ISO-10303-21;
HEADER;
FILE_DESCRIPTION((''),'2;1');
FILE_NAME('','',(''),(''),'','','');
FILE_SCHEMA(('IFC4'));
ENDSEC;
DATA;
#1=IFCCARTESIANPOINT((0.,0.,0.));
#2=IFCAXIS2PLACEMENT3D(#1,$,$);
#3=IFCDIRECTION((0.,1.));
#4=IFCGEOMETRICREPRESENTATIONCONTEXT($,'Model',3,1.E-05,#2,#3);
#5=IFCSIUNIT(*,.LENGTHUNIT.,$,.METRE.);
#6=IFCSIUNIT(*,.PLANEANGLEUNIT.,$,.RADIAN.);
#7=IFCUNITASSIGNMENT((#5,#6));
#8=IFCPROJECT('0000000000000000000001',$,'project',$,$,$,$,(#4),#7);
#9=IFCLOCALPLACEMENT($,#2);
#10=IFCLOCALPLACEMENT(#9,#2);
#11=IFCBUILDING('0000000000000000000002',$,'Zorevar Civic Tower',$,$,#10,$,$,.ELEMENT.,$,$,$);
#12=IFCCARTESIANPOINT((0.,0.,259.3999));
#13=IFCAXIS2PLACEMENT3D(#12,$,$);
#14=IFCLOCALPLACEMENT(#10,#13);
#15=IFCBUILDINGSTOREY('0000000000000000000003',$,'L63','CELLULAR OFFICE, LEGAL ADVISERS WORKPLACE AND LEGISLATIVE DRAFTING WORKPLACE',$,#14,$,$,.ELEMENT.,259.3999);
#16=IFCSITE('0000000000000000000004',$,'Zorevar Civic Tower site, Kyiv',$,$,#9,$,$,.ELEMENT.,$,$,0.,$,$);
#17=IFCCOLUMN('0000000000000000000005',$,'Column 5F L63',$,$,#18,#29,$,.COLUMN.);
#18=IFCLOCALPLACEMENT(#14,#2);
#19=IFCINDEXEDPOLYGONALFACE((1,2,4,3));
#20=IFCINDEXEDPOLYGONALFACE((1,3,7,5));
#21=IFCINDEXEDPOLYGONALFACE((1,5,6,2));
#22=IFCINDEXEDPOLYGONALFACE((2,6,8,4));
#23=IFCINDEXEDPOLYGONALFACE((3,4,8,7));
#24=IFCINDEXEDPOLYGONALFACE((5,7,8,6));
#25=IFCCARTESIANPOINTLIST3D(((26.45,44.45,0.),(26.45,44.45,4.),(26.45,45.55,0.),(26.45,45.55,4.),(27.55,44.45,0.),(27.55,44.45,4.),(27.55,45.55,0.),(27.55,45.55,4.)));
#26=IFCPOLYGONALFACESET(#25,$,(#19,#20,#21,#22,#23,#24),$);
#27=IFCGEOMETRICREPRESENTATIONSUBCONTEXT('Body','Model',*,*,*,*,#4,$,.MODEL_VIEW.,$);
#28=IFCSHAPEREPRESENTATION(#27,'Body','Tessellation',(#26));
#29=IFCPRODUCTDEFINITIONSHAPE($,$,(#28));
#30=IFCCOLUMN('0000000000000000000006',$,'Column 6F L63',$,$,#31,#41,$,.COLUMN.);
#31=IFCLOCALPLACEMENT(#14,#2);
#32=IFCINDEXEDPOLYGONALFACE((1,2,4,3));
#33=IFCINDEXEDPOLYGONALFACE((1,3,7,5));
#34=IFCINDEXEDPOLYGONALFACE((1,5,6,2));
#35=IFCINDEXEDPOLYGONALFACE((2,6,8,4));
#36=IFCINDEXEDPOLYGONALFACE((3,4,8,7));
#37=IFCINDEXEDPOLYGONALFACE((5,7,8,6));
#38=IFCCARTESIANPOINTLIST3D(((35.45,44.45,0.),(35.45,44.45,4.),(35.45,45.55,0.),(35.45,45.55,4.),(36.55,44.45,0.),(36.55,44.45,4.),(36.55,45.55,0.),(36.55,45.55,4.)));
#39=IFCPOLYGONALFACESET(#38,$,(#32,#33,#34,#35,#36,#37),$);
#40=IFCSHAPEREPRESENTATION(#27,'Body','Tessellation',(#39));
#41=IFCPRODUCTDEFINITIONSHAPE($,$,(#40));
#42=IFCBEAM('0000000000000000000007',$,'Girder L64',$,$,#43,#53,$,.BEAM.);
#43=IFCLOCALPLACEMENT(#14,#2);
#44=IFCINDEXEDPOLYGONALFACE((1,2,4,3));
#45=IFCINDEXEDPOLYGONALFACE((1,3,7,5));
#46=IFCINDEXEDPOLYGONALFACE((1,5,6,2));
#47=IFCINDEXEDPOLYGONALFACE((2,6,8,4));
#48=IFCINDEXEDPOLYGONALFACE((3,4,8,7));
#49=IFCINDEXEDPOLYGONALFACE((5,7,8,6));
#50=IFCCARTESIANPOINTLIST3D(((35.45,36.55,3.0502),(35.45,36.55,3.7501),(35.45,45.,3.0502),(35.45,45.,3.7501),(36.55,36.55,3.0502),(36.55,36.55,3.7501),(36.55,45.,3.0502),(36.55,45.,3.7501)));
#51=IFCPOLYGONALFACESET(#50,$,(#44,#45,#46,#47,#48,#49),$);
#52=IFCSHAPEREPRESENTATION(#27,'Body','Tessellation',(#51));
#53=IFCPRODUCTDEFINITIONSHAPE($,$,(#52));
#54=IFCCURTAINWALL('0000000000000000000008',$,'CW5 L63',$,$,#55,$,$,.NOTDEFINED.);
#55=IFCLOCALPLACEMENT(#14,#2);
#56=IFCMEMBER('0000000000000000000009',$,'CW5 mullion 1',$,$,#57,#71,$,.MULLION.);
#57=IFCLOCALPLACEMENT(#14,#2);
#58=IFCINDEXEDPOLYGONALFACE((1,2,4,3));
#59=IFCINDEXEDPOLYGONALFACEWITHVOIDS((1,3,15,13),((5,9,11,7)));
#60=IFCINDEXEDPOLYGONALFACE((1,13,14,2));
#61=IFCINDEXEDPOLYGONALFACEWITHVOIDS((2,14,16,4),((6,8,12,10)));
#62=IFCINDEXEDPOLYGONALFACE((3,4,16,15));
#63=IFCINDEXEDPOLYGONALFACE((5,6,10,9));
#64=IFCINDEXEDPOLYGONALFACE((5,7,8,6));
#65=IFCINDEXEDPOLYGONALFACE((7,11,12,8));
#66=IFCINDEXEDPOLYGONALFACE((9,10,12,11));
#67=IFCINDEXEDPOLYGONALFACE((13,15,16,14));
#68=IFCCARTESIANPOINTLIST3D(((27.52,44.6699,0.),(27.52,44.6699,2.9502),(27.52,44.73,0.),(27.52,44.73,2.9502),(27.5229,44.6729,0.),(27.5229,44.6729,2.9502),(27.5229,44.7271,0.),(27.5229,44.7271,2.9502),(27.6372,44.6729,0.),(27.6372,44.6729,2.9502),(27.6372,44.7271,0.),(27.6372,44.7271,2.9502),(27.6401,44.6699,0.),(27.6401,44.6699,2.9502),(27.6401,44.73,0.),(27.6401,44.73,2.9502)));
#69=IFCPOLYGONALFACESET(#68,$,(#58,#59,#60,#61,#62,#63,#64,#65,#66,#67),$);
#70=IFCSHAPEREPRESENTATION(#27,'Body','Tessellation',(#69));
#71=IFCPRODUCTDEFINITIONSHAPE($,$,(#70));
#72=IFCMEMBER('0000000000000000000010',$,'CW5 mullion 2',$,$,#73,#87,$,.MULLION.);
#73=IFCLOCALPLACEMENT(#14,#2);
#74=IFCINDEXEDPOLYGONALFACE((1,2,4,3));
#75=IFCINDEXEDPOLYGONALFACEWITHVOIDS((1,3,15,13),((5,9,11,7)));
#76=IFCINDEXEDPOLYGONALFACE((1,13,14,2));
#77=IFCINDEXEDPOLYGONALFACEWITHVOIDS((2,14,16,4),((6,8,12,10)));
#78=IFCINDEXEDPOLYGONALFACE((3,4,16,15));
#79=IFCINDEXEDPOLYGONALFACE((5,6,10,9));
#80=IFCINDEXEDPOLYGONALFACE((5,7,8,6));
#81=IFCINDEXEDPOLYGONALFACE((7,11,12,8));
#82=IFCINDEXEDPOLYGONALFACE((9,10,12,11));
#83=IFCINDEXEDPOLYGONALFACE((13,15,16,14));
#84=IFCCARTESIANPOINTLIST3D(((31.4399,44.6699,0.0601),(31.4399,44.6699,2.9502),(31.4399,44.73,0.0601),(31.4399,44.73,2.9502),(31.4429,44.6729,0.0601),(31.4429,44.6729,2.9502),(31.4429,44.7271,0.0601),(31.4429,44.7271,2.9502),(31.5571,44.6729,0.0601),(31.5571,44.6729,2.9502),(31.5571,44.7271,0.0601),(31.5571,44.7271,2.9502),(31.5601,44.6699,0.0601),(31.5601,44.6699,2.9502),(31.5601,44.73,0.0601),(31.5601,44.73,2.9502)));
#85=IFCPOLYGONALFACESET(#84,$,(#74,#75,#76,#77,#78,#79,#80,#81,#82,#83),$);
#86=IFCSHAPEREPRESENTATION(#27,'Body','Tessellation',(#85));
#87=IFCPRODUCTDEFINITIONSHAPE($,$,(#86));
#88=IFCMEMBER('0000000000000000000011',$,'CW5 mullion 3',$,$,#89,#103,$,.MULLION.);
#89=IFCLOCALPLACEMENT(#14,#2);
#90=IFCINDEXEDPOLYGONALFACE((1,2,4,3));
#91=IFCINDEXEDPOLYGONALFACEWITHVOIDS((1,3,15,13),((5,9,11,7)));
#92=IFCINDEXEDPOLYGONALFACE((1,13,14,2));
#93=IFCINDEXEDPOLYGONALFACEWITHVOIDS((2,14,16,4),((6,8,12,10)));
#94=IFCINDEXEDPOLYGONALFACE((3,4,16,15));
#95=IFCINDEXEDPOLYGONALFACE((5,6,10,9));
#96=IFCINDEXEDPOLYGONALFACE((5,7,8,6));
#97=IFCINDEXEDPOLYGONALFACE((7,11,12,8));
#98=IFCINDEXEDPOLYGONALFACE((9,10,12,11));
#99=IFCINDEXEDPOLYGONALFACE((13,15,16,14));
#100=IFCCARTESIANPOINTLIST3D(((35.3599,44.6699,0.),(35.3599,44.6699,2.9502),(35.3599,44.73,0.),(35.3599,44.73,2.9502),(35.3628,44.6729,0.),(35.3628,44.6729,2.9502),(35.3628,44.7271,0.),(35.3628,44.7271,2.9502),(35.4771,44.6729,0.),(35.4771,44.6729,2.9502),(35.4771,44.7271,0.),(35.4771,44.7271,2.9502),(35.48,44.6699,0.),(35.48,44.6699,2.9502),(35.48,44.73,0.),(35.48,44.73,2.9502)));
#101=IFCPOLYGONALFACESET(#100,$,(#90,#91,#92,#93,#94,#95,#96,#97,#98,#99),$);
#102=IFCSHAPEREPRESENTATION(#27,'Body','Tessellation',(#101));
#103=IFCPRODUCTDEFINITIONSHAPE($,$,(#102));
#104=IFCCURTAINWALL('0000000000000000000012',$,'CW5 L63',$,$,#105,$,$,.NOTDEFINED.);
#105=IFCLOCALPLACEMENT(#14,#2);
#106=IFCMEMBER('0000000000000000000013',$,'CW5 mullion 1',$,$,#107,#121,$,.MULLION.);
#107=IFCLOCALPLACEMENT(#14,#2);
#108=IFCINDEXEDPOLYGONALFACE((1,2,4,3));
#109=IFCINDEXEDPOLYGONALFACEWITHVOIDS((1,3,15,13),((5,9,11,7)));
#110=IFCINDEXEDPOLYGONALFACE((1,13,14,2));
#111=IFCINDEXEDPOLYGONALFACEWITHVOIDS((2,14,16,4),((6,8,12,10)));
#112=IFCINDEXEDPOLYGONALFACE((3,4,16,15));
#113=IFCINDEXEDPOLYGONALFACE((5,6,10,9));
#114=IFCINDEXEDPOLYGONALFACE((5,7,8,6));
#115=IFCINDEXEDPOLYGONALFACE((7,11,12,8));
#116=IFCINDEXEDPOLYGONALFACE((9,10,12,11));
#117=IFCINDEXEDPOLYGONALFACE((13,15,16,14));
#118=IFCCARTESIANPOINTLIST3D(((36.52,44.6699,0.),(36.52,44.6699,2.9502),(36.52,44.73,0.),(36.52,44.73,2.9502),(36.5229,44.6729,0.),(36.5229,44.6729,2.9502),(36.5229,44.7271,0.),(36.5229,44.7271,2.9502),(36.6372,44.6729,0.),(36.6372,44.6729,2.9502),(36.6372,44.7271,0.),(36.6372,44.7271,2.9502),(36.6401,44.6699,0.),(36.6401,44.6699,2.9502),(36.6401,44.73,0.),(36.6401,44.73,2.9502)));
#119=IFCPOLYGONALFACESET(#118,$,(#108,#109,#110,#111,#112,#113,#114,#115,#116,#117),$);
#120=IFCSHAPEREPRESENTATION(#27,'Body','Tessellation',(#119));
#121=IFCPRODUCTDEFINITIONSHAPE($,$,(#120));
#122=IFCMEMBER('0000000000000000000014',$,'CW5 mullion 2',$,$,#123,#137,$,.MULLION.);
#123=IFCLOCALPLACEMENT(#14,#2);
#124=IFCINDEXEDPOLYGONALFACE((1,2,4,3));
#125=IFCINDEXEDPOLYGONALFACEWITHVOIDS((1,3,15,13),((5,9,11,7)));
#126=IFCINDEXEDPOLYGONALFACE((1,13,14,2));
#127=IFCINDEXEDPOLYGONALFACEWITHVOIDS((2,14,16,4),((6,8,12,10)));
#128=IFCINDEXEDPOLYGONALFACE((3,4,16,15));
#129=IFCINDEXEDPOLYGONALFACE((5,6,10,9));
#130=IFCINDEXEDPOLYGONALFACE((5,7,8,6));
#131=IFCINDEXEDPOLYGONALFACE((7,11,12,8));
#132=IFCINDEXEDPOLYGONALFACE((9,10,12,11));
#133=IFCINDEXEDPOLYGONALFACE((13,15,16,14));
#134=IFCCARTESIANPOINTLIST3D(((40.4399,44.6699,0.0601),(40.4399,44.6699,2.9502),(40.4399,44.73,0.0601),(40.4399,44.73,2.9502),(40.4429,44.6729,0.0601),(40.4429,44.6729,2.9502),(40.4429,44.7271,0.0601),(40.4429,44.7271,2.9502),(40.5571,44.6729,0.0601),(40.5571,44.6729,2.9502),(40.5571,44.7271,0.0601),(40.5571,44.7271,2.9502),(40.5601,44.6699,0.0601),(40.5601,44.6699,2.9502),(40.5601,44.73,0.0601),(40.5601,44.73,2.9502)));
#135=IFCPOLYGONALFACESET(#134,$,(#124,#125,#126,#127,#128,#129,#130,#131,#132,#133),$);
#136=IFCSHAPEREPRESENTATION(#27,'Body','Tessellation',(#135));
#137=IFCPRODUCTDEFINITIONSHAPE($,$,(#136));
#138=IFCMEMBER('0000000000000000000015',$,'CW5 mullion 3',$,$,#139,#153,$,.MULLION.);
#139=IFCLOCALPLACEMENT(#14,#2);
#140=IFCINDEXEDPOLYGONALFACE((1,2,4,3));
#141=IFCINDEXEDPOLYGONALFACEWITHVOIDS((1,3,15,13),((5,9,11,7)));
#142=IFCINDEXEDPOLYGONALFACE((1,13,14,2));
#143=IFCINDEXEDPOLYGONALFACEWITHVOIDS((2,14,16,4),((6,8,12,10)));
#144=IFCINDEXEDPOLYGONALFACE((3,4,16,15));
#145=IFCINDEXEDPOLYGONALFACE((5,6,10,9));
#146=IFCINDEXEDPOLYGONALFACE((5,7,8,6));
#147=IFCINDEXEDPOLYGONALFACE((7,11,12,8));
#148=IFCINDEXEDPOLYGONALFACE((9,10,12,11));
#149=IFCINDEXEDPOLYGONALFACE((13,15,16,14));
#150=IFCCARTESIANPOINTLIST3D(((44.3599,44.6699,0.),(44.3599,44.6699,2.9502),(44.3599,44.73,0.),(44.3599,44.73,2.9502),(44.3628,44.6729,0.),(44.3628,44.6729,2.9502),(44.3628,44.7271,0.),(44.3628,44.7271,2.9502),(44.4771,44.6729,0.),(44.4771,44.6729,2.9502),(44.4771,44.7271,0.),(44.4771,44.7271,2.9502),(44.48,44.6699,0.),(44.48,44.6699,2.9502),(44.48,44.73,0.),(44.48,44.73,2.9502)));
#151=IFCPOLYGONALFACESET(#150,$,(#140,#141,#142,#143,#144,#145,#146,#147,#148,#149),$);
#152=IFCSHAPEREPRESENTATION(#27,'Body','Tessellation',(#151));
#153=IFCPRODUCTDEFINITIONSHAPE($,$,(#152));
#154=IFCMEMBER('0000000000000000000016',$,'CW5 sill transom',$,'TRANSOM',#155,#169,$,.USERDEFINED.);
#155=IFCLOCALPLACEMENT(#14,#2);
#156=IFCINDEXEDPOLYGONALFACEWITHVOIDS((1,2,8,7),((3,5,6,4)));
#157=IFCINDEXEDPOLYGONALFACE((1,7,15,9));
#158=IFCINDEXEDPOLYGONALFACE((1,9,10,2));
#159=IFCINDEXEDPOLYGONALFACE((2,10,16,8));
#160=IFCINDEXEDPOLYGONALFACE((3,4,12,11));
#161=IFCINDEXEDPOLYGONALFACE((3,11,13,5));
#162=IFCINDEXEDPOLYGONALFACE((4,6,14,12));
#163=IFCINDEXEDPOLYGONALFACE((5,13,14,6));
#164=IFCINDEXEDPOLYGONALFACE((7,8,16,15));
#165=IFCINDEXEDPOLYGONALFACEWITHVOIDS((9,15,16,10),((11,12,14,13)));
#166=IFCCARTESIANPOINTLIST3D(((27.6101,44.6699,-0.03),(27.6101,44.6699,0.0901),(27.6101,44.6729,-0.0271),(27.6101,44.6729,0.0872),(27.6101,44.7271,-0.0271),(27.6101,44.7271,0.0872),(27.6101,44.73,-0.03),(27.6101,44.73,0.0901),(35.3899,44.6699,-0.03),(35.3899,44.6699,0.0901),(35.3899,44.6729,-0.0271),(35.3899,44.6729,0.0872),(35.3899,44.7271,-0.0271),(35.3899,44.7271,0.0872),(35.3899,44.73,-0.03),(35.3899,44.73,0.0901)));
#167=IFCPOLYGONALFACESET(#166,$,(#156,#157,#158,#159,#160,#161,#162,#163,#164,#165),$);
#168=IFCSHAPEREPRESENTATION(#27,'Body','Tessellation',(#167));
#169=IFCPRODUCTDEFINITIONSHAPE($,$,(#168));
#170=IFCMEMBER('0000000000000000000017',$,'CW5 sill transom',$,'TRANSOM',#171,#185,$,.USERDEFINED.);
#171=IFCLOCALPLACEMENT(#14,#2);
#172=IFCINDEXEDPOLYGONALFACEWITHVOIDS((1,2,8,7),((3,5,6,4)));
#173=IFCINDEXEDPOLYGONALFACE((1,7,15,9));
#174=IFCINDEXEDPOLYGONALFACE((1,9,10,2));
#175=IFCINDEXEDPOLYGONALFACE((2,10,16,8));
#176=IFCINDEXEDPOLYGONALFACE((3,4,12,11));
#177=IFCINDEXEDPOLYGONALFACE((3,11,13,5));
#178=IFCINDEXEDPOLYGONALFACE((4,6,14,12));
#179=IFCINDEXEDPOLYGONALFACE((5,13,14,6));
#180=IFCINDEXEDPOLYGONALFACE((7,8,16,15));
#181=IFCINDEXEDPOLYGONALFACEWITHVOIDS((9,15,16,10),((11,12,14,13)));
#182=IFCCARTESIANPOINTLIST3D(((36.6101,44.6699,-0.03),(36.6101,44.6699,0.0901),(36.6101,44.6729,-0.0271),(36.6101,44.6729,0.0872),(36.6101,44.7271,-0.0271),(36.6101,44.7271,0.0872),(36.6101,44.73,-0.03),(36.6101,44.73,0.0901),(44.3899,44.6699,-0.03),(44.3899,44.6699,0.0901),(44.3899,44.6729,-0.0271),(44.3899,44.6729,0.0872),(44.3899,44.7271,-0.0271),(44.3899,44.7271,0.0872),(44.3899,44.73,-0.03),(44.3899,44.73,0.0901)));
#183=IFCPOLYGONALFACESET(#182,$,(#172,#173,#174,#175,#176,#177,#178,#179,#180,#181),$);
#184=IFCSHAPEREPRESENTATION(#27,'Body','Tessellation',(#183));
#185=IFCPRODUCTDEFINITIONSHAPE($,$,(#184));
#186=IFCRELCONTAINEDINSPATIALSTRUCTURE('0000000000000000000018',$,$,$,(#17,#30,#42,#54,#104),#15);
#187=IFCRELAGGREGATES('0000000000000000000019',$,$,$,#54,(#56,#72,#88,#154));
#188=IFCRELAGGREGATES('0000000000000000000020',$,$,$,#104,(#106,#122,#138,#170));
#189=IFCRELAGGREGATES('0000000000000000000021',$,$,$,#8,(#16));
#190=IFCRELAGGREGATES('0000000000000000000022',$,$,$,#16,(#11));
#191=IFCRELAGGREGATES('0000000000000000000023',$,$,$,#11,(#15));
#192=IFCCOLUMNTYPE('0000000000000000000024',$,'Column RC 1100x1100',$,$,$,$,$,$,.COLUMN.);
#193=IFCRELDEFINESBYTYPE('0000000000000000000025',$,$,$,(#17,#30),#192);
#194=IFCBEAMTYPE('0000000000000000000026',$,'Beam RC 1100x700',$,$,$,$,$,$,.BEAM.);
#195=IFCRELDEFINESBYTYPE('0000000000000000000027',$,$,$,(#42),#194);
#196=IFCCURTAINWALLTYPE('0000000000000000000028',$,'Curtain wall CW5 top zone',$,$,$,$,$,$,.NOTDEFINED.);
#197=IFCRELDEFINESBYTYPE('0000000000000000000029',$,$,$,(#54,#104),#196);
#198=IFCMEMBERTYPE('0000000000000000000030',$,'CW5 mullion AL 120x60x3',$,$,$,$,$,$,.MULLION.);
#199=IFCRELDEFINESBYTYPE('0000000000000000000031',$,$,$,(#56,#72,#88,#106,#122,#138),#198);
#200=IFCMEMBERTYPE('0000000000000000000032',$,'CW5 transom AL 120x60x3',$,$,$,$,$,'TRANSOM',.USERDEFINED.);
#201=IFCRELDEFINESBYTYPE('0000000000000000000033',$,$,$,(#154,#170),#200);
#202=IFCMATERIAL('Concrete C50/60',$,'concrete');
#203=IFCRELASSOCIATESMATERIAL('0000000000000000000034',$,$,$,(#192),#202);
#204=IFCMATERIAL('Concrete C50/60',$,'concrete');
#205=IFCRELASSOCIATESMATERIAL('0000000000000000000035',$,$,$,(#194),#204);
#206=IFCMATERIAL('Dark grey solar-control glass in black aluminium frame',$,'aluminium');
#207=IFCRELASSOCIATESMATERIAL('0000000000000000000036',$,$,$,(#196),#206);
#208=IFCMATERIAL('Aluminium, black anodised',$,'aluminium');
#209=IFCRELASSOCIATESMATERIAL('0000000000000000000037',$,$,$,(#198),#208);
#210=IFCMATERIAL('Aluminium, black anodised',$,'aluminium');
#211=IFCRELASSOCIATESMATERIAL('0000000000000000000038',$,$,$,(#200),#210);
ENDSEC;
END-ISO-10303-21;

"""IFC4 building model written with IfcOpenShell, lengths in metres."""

from ifc_helpers import new_model, si_unit, direction, frame, origin, origin_2d, place, context, subcontext, project, spatial, rectangle, hollow_rectangle, extrude, material, material_profile, profile_set, type_object, element, aggregate, save


model = new_model("IFC4")

# Units and contexts
model_context = context("Model", 3, precision=1e-05, world=origin(), true_north=direction((0.0, 1.0)))
body_context = subcontext(model_context, "Body", "Model", "MODEL_VIEW")
ifc_project = project(units=[si_unit("LENGTHUNIT", "METRE"), si_unit("PLANEANGLEUNIT", "RADIAN")], contexts=[model_context])

# Site, building, storey
site_placement = place(None, origin())
site = spatial("IfcSite", under=ifc_project, at=site_placement, Name="Zorevar Civic Tower site, Kyiv", CompositionType="ELEMENT", RefElevation=0.0)
building_placement = place(site_placement, origin())
building = spatial("IfcBuilding", under=site, at=building_placement, Name="Zorevar Civic Tower", CompositionType="ELEMENT")
storey_placement = place(building_placement, frame((0.0, 0.0, 259.3999)))
storey = spatial("IfcBuildingStorey", under=building, at=storey_placement, Name="L63", Description="CELLULAR OFFICE, LEGAL ADVISERS WORKPLACE AND LEGISLATIVE DRAFTING WORKPLACE", CompositionType="ELEMENT", Elevation=259.3999)

# Columns
ifc_material_1 = material(Name="Concrete C50/60", Category="concrete")
ifc_material_profile_1 = material_profile(ifc_material_1, rectangle(XDim=1.1001, YDim=1.1001, at=origin_2d()), Name="RC 1100x1100")
ifc_profile_set_1 = profile_set([ifc_material_profile_1], Name="Concrete C50/60")
column_type = type_object("IfcColumnType", Name="Column RC 1100x1100", PredefinedType="COLUMN", material=ifc_profile_set_1)
for number, where, z_axis, x_axis, name in (
    (1, (27.0, 45.0, 0.0), (0.0, 0.0, 1.0), (1.0, 0.0, 0.0), "Column 5F L63"),
    (2, (36.0, 45.0, 0.0), (0.0, 0.0, 1.0), (1.0, 0.0, 0.0), "Column 6F L63"),
):
    element("IfcColumn", number, at=place(storey_placement, frame(where, z_axis=z_axis, x_axis=x_axis)), inside=storey, type_object=column_type, Name=name, PredefinedType="COLUMN", context=body_context, shape_type="SweptSolid", body=[
        extrude(rectangle(XDim=1.1001, YDim=1.1001, at=origin_2d()), origin(), (0.0, 0.0, 1.0), 4.0),
    ])

# Beam
ifc_material_2 = material(Name="Concrete C50/60", Category="concrete")
ifc_material_profile_2 = material_profile(ifc_material_2, rectangle(XDim=1.1001, YDim=0.7, at=origin_2d()), Name="RC 1100x700")
ifc_profile_set_2 = profile_set([ifc_material_profile_2], Name="Concrete C50/60")
beam_type_1 = type_object("IfcBeamType", Name="Beam RC 1100x700", PredefinedType="BEAM", material=ifc_profile_set_2)
beam_placement = place(storey_placement, frame((36.0, 36.55, 3.4001), z_axis=(0.0, 1.0, 0.0), x_axis=(-1.0, 0.0, 0.0)))
element("IfcBeam", 3, at=beam_placement, inside=storey, type_object=beam_type_1, Name="Girder L64", PredefinedType="BEAM", context=body_context, shape_type="SweptSolid", body=[
    extrude(rectangle(XDim=1.1001, YDim=0.7, at=origin_2d()), origin(), (0.0, 0.0, 1.0), 8.45),
])

# Curtain walls, members
ifc_material_3 = material(Name="Dark grey solar-control glass in black aluminium frame", Category="aluminium")
curtain_wall_type = type_object("IfcCurtainWallType", Name="Curtain wall CW5 top zone", PredefinedType="NOTDEFINED", material=ifc_material_3)
curtain_wall_1_placement = place(storey_placement, origin())
curtain_wall_1 = element("IfcCurtainWall", 4, at=curtain_wall_1_placement, inside=storey, type_object=curtain_wall_type, Name="CW5 L63", PredefinedType="NOTDEFINED")
ifc_material_4 = material(Name="Aluminium, black anodised", Category="aluminium")
ifc_material_profile_3 = material_profile(ifc_material_4, hollow_rectangle(XDim=0.0601, YDim=0.1201, WallThickness=0.0029, at=origin_2d()), Name="AL 120x60x3")
ifc_profile_set_3 = profile_set([ifc_material_profile_3], Name="Aluminium, black anodised")
member_type_1 = type_object("IfcMemberType", Name="CW5 mullion AL 120x60x3", PredefinedType="MULLION", material=ifc_profile_set_3)
member_1_placement = place(storey_placement, frame((27.5801, 44.7, 0.0), z_axis=(0.0, 0.0, 1.0), x_axis=(0.0, 1.0, 0.0)))
member_1 = element("IfcMember", 5, at=member_1_placement, type_object=member_type_1, Name="CW5 mullion 1", PredefinedType="MULLION", context=body_context, shape_type="SweptSolid", body=[
    extrude(hollow_rectangle(XDim=0.0601, YDim=0.1201, WallThickness=0.0029, at=origin_2d()), origin(), (0.0, 0.0, 1.0), 2.9502),
])
member_2_placement = place(storey_placement, frame((31.5, 44.7, 0.0601), z_axis=(0.0, 0.0, 1.0), x_axis=(0.0, 1.0, 0.0)))
member_2 = element("IfcMember", 6, at=member_2_placement, type_object=member_type_1, Name="CW5 mullion 2", PredefinedType="MULLION", context=body_context, shape_type="SweptSolid", body=[
    extrude(hollow_rectangle(XDim=0.0601, YDim=0.1201, WallThickness=0.0029, at=origin_2d()), origin(), (0.0, 0.0, 1.0), 2.8901),
])
member_3_placement = place(storey_placement, frame((35.4199, 44.7, 0.0), z_axis=(0.0, 0.0, 1.0), x_axis=(0.0, 1.0, 0.0)))
member_3 = element("IfcMember", 7, at=member_3_placement, type_object=member_type_1, Name="CW5 mullion 3", PredefinedType="MULLION", context=body_context, shape_type="SweptSolid", body=[
    extrude(hollow_rectangle(XDim=0.0601, YDim=0.1201, WallThickness=0.0029, at=origin_2d()), origin(), (0.0, 0.0, 1.0), 2.9502),
])
curtain_wall_2_placement = place(storey_placement, origin())
curtain_wall_2 = element("IfcCurtainWall", 8, at=curtain_wall_2_placement, inside=storey, type_object=curtain_wall_type, Name="CW5 L63", PredefinedType="NOTDEFINED")
member_4_placement = place(storey_placement, frame((36.5801, 44.7, 0.0), z_axis=(0.0, 0.0, 1.0), x_axis=(0.0, 1.0, 0.0)))
member_4 = element("IfcMember", 9, at=member_4_placement, type_object=member_type_1, Name="CW5 mullion 1", PredefinedType="MULLION", context=body_context, shape_type="SweptSolid", body=[
    extrude(hollow_rectangle(XDim=0.0601, YDim=0.1201, WallThickness=0.0029, at=origin_2d()), origin(), (0.0, 0.0, 1.0), 2.9502),
])
member_5_placement = place(storey_placement, frame((40.5, 44.7, 0.0601), z_axis=(0.0, 0.0, 1.0), x_axis=(0.0, 1.0, 0.0)))
member_5 = element("IfcMember", 10, at=member_5_placement, type_object=member_type_1, Name="CW5 mullion 2", PredefinedType="MULLION", context=body_context, shape_type="SweptSolid", body=[
    extrude(hollow_rectangle(XDim=0.0601, YDim=0.1201, WallThickness=0.0029, at=origin_2d()), origin(), (0.0, 0.0, 1.0), 2.8901),
])
member_6_placement = place(storey_placement, frame((44.4199, 44.7, 0.0), z_axis=(0.0, 0.0, 1.0), x_axis=(0.0, 1.0, 0.0)))
member_6 = element("IfcMember", 11, at=member_6_placement, type_object=member_type_1, Name="CW5 mullion 3", PredefinedType="MULLION", context=body_context, shape_type="SweptSolid", body=[
    extrude(hollow_rectangle(XDim=0.0601, YDim=0.1201, WallThickness=0.0029, at=origin_2d()), origin(), (0.0, 0.0, 1.0), 2.9502),
])

# Members
ifc_material_5 = material(Name="Aluminium, black anodised", Category="aluminium")
ifc_material_profile_4 = material_profile(ifc_material_5, hollow_rectangle(XDim=0.0601, YDim=0.1201, WallThickness=0.0029, at=origin_2d()), Name="AL 120x60x3")
ifc_profile_set_4 = profile_set([ifc_material_profile_4], Name="Aluminium, black anodised")
member_type_2 = type_object("IfcMemberType", Name="CW5 transom AL 120x60x3", ElementType="TRANSOM", PredefinedType="USERDEFINED", material=ifc_profile_set_4)
member_7_placement = place(storey_placement, frame((27.6101, 44.7, 0.03), z_axis=(1.0, 0.0, 0.0), x_axis=(0.0, 1.0, 0.0)))
member_7 = element("IfcMember", 12, at=member_7_placement, type_object=member_type_2, Name="CW5 sill transom", ObjectType="TRANSOM", PredefinedType="USERDEFINED", context=body_context, shape_type="SweptSolid", body=[
    extrude(hollow_rectangle(XDim=0.0601, YDim=0.1201, WallThickness=0.0029, at=origin_2d()), origin(), (0.0, 0.0, 1.0), 7.7798),
])
member_8_placement = place(storey_placement, frame((36.6101, 44.7, 0.03), z_axis=(1.0, 0.0, 0.0), x_axis=(0.0, 1.0, 0.0)))
member_8 = element("IfcMember", 13, at=member_8_placement, type_object=member_type_2, Name="CW5 sill transom", ObjectType="TRANSOM", PredefinedType="USERDEFINED", context=body_context, shape_type="SweptSolid", body=[
    extrude(hollow_rectangle(XDim=0.0601, YDim=0.1201, WallThickness=0.0029, at=origin_2d()), origin(), (0.0, 0.0, 1.0), 7.7798),
])

aggregate(curtain_wall_1, [member_1, member_2, member_3, member_7])
aggregate(curtain_wall_2, [member_4, member_5, member_6, member_8])

save(model, "model.ifc")
